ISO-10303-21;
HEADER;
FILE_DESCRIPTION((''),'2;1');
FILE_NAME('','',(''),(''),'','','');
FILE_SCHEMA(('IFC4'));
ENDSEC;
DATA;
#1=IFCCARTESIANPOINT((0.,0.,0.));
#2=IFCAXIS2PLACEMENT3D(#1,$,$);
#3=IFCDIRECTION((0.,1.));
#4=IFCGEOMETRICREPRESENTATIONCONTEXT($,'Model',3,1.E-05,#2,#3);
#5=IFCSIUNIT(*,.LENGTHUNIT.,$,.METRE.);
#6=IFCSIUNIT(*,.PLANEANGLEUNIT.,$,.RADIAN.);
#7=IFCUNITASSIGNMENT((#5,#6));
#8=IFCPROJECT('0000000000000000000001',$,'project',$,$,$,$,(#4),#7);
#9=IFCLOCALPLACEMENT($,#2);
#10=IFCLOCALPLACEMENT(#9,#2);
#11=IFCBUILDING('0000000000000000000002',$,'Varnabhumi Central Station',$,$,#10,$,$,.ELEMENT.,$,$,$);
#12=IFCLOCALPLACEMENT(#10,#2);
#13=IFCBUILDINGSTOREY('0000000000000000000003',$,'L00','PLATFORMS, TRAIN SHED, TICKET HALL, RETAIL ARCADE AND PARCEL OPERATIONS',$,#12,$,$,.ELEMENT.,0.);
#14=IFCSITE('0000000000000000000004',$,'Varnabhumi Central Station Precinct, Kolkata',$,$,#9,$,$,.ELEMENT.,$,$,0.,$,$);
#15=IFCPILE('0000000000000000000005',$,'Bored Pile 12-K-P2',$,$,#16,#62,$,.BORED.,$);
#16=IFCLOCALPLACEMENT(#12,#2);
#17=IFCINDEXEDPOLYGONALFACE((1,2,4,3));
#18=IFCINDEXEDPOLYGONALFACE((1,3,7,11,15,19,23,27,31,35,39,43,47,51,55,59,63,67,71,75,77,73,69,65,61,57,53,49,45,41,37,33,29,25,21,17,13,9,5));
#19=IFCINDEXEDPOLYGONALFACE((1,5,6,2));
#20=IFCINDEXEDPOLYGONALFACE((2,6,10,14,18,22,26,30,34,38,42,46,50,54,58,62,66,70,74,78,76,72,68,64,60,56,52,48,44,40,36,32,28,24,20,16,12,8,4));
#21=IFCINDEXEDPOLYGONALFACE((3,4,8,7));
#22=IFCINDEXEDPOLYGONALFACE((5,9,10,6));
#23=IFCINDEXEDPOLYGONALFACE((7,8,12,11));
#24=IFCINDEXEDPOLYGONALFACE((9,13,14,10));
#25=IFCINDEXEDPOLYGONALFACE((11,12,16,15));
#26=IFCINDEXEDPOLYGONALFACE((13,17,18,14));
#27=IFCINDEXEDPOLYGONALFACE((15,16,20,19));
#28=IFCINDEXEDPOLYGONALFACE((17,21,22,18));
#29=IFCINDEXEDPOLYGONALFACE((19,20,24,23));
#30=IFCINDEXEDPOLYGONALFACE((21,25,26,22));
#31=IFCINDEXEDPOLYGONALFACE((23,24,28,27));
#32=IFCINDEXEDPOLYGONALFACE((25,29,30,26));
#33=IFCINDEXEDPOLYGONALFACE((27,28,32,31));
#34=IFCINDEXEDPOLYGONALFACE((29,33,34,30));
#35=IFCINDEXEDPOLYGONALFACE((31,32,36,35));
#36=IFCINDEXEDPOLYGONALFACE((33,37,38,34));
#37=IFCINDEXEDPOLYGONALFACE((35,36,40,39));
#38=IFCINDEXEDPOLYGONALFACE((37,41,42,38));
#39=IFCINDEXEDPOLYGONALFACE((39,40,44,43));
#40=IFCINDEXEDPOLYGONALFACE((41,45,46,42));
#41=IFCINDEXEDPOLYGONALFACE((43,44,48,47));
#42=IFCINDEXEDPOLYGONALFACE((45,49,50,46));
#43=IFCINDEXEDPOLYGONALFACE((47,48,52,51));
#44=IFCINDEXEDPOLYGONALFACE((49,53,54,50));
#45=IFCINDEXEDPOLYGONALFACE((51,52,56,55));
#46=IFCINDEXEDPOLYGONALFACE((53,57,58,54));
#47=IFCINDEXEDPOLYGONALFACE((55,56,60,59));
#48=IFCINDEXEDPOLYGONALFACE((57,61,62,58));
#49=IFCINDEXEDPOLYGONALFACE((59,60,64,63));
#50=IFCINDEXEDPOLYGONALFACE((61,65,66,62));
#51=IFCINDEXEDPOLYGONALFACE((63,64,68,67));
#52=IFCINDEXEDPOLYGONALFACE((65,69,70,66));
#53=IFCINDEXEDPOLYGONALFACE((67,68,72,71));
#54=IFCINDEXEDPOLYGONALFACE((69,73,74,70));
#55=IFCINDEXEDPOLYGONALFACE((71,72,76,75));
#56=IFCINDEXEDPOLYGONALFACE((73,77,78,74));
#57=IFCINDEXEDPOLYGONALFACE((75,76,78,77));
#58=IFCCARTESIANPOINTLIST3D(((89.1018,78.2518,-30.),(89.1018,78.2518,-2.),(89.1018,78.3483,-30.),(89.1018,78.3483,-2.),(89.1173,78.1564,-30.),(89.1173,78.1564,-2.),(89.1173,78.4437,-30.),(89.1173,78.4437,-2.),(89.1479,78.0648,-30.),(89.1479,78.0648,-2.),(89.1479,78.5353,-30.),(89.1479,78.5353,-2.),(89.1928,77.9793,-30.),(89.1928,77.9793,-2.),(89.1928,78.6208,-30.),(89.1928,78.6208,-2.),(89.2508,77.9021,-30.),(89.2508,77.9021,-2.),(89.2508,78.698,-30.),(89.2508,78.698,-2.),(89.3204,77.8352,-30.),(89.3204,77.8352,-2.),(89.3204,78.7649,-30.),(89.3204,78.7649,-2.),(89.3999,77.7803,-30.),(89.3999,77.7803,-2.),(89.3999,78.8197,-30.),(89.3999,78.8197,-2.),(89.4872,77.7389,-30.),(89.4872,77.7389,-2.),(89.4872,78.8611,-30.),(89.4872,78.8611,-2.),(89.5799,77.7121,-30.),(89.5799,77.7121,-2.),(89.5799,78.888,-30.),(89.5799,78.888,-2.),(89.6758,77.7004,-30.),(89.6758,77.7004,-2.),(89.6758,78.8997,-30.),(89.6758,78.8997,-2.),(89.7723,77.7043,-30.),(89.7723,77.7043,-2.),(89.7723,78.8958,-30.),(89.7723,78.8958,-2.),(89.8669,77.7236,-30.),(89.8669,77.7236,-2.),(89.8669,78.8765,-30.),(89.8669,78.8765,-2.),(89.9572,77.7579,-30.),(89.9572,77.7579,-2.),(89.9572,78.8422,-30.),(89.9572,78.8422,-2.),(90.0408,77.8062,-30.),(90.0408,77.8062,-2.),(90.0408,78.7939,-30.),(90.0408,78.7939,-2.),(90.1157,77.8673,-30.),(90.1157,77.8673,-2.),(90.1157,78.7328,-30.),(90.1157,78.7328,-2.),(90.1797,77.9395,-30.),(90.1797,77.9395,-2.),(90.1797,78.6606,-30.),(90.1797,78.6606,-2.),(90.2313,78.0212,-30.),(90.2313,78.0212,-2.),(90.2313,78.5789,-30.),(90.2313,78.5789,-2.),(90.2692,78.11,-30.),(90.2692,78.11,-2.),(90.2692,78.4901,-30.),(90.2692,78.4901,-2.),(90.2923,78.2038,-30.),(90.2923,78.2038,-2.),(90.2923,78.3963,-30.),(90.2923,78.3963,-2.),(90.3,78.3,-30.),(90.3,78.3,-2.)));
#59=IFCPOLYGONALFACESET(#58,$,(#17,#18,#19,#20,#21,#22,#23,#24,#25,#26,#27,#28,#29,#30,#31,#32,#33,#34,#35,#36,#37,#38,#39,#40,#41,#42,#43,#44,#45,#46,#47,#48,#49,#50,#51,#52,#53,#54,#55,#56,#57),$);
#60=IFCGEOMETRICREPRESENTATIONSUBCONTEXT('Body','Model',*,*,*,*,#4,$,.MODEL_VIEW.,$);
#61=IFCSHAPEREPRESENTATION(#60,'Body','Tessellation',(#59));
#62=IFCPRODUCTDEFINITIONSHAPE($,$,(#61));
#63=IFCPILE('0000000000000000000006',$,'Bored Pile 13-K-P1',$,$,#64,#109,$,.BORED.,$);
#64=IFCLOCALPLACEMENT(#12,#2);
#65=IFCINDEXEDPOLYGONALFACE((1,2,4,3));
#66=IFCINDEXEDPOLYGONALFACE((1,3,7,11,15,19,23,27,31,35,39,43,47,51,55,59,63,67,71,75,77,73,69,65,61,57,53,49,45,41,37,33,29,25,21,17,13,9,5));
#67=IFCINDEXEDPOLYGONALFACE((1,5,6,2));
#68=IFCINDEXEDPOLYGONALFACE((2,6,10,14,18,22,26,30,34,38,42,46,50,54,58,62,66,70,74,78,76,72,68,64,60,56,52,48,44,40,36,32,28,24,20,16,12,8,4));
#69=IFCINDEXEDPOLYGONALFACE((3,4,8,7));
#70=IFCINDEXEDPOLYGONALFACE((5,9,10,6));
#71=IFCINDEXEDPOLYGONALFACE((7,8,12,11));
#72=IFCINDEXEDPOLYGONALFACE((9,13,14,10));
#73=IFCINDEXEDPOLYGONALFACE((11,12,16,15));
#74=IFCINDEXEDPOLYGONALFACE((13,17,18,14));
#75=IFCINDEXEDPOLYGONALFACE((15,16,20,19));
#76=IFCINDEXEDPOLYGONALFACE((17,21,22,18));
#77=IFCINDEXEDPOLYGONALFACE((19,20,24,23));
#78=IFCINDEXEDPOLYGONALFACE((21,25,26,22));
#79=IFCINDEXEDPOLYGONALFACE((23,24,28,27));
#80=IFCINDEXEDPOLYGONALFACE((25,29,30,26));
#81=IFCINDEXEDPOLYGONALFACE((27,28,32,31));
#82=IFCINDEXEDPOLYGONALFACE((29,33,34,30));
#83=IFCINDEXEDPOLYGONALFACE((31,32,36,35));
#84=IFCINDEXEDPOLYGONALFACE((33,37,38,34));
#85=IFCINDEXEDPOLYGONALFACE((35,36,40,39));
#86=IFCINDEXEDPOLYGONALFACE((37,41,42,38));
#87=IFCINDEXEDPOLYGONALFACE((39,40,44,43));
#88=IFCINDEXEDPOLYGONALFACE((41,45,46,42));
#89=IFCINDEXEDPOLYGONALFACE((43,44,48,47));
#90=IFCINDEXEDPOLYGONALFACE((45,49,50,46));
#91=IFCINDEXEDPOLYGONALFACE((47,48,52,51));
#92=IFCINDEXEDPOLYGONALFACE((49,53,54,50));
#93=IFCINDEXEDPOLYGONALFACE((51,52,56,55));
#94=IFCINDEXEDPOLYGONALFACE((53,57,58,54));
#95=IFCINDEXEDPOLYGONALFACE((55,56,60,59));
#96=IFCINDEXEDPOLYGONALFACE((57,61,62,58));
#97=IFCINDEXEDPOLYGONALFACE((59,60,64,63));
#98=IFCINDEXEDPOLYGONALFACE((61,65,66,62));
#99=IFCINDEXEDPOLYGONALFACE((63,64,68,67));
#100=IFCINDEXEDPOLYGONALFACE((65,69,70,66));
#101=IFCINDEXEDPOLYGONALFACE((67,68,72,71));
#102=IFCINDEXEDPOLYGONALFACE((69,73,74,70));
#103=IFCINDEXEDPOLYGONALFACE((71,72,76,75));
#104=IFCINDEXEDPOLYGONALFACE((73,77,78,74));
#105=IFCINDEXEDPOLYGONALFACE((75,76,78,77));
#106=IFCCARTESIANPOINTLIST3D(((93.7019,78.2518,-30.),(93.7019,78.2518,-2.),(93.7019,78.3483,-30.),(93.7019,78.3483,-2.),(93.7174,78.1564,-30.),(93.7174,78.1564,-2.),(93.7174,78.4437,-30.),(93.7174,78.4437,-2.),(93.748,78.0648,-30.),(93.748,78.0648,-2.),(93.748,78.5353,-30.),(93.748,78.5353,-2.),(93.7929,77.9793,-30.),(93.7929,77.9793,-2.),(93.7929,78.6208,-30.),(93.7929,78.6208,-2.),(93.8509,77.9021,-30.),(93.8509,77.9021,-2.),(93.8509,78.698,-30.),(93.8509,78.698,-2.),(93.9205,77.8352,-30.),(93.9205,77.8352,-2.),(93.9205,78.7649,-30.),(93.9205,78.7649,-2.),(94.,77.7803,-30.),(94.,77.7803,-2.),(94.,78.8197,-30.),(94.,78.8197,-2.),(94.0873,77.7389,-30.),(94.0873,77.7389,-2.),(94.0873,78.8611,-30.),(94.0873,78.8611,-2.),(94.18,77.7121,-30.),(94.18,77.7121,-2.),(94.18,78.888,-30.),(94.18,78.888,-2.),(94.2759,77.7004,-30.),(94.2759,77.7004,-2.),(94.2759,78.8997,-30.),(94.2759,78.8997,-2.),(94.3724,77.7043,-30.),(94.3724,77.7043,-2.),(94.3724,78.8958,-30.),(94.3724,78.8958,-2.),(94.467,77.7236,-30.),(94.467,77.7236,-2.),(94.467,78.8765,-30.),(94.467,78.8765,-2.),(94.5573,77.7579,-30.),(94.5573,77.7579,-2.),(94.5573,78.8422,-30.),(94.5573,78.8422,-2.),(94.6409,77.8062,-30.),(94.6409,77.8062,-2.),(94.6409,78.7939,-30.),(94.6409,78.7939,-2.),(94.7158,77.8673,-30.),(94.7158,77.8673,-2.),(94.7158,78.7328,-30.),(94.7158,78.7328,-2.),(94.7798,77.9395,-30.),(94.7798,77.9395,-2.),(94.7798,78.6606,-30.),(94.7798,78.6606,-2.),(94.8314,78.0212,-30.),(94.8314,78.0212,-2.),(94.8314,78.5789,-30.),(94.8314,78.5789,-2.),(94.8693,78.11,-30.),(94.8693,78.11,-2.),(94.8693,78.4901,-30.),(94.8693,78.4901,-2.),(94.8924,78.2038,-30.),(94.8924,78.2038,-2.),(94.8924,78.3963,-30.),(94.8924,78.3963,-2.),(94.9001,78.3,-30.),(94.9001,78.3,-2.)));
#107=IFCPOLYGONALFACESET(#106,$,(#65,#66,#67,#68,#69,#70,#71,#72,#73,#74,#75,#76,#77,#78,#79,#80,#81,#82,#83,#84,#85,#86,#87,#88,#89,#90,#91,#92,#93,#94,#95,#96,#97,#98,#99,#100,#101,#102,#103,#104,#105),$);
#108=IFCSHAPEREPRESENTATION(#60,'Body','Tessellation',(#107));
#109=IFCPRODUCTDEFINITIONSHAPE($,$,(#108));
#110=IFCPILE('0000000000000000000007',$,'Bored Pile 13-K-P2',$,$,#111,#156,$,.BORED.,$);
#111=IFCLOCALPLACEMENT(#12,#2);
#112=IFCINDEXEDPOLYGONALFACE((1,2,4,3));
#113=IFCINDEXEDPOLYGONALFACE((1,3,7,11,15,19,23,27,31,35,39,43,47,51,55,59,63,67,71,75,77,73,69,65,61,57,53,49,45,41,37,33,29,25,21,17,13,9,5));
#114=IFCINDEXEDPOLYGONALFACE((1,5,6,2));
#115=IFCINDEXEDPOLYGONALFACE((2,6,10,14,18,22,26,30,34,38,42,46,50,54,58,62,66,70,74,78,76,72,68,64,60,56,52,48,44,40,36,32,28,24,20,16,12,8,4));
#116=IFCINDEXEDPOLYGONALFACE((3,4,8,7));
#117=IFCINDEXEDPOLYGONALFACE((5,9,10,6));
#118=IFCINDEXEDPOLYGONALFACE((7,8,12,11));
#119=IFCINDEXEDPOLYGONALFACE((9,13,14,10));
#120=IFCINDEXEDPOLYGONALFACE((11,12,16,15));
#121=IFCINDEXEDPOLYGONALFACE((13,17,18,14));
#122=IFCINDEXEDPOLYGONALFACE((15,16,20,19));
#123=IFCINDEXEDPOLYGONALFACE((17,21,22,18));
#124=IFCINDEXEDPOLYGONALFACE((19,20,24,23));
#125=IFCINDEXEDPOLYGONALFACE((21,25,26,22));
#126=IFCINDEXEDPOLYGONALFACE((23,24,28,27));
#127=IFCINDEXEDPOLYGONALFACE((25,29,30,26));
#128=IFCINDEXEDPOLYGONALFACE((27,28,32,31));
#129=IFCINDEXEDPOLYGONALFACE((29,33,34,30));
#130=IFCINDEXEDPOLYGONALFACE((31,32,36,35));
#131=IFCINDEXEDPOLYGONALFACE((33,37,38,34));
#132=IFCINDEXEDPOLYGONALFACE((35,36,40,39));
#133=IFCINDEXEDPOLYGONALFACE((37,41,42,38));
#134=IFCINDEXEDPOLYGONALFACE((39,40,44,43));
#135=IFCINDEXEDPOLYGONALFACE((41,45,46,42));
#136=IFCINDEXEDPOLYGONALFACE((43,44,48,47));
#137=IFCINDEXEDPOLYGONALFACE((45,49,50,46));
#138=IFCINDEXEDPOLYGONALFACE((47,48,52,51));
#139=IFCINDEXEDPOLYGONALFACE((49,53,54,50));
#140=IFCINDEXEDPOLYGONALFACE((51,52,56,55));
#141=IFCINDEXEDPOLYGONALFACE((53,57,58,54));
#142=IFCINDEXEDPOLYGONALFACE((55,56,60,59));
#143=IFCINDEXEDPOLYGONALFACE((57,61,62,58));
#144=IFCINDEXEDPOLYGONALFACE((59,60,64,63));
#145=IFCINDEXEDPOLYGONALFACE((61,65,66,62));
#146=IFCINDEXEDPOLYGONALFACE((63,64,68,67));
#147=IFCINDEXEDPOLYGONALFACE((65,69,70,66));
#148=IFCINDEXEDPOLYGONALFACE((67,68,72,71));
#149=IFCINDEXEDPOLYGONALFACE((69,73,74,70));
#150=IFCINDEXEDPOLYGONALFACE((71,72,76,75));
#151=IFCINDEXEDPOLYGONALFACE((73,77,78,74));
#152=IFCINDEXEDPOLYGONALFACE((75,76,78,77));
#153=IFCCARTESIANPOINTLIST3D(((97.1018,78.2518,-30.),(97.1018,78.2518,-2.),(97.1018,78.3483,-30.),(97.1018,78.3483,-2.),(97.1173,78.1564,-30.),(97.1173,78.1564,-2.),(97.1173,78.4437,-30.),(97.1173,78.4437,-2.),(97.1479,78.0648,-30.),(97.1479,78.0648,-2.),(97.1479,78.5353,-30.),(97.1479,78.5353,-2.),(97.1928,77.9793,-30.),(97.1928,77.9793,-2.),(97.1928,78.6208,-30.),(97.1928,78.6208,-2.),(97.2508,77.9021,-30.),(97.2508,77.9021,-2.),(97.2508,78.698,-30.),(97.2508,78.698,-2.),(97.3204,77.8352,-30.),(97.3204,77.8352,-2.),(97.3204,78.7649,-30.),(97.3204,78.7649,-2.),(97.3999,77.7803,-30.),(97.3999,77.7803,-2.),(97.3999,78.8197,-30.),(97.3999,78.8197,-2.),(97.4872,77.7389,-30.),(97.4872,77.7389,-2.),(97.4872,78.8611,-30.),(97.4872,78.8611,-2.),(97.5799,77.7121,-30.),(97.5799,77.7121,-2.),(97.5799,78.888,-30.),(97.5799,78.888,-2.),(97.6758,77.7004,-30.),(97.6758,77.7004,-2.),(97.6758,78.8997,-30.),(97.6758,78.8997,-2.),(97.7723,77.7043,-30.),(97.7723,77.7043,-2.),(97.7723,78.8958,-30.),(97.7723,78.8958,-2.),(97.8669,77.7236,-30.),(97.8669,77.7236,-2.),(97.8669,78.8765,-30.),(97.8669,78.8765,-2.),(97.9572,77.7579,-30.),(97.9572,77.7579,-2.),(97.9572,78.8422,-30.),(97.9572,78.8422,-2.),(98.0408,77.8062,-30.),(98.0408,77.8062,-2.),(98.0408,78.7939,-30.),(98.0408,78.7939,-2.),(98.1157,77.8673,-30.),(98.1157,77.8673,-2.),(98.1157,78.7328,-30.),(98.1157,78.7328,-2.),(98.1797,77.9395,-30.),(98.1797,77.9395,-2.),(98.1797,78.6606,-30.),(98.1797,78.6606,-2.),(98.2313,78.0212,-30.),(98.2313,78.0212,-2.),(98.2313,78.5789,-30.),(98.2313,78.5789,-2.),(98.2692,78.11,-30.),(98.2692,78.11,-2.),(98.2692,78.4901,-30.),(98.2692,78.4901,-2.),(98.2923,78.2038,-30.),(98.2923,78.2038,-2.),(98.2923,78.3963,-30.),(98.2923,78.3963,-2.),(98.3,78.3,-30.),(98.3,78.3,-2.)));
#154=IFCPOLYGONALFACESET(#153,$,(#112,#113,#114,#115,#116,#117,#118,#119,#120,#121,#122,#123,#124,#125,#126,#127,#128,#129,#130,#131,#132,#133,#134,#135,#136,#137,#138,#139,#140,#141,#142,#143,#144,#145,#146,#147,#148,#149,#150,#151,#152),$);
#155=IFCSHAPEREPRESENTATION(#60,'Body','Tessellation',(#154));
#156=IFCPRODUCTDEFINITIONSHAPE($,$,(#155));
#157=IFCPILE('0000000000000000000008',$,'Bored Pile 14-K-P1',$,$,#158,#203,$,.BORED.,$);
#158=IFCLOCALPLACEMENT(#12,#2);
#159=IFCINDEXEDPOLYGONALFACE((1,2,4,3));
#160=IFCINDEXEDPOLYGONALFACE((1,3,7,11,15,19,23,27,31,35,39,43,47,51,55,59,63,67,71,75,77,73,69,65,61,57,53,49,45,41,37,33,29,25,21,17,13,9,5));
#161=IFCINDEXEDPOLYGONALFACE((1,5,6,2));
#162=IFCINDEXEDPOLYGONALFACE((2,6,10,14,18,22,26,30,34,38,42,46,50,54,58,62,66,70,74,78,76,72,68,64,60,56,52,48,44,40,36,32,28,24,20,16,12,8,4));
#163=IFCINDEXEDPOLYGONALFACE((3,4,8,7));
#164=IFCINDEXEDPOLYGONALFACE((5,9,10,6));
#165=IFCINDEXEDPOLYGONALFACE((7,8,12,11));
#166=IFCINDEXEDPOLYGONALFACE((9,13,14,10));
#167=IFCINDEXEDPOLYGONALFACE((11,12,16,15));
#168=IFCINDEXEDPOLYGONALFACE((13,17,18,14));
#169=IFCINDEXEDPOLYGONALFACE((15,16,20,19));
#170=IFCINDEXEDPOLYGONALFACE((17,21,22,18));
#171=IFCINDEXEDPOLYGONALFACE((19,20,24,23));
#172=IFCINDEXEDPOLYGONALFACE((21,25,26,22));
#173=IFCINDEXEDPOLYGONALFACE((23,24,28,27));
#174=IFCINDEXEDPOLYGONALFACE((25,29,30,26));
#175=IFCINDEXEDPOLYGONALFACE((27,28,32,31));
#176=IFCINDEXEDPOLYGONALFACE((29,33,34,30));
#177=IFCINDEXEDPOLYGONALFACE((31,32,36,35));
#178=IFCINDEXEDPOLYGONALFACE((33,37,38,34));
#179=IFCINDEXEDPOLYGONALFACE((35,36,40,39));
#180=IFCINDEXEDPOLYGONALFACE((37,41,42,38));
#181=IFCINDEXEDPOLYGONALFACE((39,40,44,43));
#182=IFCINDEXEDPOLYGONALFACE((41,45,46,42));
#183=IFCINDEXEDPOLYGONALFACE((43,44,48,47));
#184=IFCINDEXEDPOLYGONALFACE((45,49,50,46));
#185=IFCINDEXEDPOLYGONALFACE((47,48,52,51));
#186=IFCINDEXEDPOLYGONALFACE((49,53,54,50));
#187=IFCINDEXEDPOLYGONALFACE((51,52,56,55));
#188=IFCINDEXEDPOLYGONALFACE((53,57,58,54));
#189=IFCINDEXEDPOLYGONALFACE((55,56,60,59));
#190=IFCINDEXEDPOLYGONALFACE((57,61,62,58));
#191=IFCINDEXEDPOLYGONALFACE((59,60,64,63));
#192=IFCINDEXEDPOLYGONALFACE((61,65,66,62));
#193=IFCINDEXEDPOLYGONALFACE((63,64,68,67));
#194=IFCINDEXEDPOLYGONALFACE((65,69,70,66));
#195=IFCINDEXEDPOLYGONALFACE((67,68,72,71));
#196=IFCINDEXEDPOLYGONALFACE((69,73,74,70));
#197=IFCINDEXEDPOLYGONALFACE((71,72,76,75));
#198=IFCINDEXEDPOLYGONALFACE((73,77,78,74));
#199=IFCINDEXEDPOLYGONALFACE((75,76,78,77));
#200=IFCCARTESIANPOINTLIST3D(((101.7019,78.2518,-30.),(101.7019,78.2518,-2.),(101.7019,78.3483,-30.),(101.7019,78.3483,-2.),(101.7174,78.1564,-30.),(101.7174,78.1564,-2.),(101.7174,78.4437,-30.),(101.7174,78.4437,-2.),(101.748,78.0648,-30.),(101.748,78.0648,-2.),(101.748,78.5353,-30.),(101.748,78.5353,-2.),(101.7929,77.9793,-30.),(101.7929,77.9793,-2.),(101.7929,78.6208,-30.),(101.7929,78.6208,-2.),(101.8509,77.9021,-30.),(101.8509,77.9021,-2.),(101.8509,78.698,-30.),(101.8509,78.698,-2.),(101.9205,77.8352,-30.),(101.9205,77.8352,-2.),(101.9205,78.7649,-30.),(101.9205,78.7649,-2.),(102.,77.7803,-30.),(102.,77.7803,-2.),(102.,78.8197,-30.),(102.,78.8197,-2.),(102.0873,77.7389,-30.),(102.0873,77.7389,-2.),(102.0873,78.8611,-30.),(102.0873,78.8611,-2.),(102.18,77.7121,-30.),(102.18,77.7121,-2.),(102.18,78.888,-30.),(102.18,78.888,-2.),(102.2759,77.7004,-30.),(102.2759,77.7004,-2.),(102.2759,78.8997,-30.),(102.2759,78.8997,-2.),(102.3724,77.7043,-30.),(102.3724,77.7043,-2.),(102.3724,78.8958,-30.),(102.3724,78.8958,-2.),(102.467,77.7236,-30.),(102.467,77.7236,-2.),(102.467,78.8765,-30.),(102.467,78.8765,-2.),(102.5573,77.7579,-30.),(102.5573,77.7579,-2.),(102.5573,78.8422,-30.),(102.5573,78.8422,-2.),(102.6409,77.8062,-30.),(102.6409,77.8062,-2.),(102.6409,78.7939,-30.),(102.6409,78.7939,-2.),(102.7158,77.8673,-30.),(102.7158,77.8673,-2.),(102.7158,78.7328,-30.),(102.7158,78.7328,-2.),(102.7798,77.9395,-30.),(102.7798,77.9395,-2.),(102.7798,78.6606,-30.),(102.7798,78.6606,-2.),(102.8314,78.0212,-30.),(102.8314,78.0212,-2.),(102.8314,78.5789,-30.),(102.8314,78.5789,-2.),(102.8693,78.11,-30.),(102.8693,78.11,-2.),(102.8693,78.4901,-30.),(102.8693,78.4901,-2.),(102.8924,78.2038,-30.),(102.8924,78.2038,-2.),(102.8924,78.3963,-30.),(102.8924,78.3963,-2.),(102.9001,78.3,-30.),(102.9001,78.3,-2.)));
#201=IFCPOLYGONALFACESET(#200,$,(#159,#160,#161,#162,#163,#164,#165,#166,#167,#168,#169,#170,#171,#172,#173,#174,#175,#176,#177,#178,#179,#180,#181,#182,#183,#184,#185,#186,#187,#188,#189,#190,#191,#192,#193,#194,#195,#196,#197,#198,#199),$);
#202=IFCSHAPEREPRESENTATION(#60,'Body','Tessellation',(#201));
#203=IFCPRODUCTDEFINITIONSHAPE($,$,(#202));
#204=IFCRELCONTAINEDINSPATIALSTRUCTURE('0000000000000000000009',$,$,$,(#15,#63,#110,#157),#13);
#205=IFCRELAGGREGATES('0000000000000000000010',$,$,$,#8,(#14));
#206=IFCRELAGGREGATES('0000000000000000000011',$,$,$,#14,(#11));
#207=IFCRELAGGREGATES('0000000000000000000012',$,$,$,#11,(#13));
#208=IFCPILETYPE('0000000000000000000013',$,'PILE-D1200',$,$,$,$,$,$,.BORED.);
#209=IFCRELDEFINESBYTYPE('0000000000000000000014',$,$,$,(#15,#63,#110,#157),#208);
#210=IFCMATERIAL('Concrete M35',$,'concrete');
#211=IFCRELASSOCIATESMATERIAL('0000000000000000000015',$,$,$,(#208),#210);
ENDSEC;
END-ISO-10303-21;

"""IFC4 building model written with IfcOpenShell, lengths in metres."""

from ifc_helpers import new_model, si_unit, direction, frame, origin, origin_2d, place, context, subcontext, project, spatial, circle, extrude, material, material_profile, profile_set, type_object, element, save


model = new_model("IFC4")

# Units and contexts
model_context = context("Model", 3, precision=1e-05, world=origin(), true_north=direction((0.0, 1.0)))
body_context = subcontext(model_context, "Body", "Model", "MODEL_VIEW")
ifc_project = project(units=[si_unit("LENGTHUNIT", "METRE"), si_unit("PLANEANGLEUNIT", "RADIAN")], contexts=[model_context])

# Site, building, storey
site_placement = place(None, origin())
site = spatial("IfcSite", under=ifc_project, at=site_placement, Name="Varnabhumi Central Station Precinct, Kolkata", CompositionType="ELEMENT", RefElevation=0.0)
building_placement = place(site_placement, origin())
building = spatial("IfcBuilding", under=site, at=building_placement, Name="Varnabhumi Central Station", CompositionType="ELEMENT")
storey_placement = place(building_placement, origin())
storey = spatial("IfcBuildingStorey", under=building, at=storey_placement, Name="L00", Description="PLATFORMS, TRAIN SHED, TICKET HALL, RETAIL ARCADE AND PARCEL OPERATIONS", CompositionType="ELEMENT", Elevation=0.0)

# Piles
ifc_material_1 = material(Name="Concrete M35", Category="concrete")
ifc_material_profile_1 = material_profile(ifc_material_1, circle(Radius=0.6001, at=origin_2d()), Name="Concrete M35", Category="concrete")
ifc_profile_set_1 = profile_set([ifc_material_profile_1], Name="Concrete M35")
pile_type_1 = type_object("IfcPileType", Name="PILE-D1200", PredefinedType="BORED", material=ifc_profile_set_1)
for number, where, z_axis, x_axis, name in (
    (1, (89.7, 78.3, -2.0), (0.0, 0.0, -1.0), (1.0, 0.0, 0.0), "Bored Pile 12-K-P2"),
    (2, (94.3, 78.3, -2.0), (0.0, 0.0, -1.0), (1.0, 0.0, 0.0), "Bored Pile 13-K-P1"),
    (3, (97.7, 78.3, -2.0), (0.0, 0.0, -1.0), (1.0, 0.0, 0.0), "Bored Pile 13-K-P2"),
    (4, (102.3, 78.3, -2.0), (0.0, 0.0, -1.0), (1.0, 0.0, 0.0), "Bored Pile 14-K-P1"),
):
    element("IfcPile", number, at=place(storey_placement, frame(where, z_axis=z_axis, x_axis=x_axis)), inside=storey, type_object=pile_type_1, Name=name, PredefinedType="BORED", context=body_context, shape_type="SweptSolid", body=[
        extrude(circle(Radius=0.6001, at=origin_2d()), origin(), (0.0, 0.0, 1.0), 28.0),
    ])

save(model, "model.ifc")
